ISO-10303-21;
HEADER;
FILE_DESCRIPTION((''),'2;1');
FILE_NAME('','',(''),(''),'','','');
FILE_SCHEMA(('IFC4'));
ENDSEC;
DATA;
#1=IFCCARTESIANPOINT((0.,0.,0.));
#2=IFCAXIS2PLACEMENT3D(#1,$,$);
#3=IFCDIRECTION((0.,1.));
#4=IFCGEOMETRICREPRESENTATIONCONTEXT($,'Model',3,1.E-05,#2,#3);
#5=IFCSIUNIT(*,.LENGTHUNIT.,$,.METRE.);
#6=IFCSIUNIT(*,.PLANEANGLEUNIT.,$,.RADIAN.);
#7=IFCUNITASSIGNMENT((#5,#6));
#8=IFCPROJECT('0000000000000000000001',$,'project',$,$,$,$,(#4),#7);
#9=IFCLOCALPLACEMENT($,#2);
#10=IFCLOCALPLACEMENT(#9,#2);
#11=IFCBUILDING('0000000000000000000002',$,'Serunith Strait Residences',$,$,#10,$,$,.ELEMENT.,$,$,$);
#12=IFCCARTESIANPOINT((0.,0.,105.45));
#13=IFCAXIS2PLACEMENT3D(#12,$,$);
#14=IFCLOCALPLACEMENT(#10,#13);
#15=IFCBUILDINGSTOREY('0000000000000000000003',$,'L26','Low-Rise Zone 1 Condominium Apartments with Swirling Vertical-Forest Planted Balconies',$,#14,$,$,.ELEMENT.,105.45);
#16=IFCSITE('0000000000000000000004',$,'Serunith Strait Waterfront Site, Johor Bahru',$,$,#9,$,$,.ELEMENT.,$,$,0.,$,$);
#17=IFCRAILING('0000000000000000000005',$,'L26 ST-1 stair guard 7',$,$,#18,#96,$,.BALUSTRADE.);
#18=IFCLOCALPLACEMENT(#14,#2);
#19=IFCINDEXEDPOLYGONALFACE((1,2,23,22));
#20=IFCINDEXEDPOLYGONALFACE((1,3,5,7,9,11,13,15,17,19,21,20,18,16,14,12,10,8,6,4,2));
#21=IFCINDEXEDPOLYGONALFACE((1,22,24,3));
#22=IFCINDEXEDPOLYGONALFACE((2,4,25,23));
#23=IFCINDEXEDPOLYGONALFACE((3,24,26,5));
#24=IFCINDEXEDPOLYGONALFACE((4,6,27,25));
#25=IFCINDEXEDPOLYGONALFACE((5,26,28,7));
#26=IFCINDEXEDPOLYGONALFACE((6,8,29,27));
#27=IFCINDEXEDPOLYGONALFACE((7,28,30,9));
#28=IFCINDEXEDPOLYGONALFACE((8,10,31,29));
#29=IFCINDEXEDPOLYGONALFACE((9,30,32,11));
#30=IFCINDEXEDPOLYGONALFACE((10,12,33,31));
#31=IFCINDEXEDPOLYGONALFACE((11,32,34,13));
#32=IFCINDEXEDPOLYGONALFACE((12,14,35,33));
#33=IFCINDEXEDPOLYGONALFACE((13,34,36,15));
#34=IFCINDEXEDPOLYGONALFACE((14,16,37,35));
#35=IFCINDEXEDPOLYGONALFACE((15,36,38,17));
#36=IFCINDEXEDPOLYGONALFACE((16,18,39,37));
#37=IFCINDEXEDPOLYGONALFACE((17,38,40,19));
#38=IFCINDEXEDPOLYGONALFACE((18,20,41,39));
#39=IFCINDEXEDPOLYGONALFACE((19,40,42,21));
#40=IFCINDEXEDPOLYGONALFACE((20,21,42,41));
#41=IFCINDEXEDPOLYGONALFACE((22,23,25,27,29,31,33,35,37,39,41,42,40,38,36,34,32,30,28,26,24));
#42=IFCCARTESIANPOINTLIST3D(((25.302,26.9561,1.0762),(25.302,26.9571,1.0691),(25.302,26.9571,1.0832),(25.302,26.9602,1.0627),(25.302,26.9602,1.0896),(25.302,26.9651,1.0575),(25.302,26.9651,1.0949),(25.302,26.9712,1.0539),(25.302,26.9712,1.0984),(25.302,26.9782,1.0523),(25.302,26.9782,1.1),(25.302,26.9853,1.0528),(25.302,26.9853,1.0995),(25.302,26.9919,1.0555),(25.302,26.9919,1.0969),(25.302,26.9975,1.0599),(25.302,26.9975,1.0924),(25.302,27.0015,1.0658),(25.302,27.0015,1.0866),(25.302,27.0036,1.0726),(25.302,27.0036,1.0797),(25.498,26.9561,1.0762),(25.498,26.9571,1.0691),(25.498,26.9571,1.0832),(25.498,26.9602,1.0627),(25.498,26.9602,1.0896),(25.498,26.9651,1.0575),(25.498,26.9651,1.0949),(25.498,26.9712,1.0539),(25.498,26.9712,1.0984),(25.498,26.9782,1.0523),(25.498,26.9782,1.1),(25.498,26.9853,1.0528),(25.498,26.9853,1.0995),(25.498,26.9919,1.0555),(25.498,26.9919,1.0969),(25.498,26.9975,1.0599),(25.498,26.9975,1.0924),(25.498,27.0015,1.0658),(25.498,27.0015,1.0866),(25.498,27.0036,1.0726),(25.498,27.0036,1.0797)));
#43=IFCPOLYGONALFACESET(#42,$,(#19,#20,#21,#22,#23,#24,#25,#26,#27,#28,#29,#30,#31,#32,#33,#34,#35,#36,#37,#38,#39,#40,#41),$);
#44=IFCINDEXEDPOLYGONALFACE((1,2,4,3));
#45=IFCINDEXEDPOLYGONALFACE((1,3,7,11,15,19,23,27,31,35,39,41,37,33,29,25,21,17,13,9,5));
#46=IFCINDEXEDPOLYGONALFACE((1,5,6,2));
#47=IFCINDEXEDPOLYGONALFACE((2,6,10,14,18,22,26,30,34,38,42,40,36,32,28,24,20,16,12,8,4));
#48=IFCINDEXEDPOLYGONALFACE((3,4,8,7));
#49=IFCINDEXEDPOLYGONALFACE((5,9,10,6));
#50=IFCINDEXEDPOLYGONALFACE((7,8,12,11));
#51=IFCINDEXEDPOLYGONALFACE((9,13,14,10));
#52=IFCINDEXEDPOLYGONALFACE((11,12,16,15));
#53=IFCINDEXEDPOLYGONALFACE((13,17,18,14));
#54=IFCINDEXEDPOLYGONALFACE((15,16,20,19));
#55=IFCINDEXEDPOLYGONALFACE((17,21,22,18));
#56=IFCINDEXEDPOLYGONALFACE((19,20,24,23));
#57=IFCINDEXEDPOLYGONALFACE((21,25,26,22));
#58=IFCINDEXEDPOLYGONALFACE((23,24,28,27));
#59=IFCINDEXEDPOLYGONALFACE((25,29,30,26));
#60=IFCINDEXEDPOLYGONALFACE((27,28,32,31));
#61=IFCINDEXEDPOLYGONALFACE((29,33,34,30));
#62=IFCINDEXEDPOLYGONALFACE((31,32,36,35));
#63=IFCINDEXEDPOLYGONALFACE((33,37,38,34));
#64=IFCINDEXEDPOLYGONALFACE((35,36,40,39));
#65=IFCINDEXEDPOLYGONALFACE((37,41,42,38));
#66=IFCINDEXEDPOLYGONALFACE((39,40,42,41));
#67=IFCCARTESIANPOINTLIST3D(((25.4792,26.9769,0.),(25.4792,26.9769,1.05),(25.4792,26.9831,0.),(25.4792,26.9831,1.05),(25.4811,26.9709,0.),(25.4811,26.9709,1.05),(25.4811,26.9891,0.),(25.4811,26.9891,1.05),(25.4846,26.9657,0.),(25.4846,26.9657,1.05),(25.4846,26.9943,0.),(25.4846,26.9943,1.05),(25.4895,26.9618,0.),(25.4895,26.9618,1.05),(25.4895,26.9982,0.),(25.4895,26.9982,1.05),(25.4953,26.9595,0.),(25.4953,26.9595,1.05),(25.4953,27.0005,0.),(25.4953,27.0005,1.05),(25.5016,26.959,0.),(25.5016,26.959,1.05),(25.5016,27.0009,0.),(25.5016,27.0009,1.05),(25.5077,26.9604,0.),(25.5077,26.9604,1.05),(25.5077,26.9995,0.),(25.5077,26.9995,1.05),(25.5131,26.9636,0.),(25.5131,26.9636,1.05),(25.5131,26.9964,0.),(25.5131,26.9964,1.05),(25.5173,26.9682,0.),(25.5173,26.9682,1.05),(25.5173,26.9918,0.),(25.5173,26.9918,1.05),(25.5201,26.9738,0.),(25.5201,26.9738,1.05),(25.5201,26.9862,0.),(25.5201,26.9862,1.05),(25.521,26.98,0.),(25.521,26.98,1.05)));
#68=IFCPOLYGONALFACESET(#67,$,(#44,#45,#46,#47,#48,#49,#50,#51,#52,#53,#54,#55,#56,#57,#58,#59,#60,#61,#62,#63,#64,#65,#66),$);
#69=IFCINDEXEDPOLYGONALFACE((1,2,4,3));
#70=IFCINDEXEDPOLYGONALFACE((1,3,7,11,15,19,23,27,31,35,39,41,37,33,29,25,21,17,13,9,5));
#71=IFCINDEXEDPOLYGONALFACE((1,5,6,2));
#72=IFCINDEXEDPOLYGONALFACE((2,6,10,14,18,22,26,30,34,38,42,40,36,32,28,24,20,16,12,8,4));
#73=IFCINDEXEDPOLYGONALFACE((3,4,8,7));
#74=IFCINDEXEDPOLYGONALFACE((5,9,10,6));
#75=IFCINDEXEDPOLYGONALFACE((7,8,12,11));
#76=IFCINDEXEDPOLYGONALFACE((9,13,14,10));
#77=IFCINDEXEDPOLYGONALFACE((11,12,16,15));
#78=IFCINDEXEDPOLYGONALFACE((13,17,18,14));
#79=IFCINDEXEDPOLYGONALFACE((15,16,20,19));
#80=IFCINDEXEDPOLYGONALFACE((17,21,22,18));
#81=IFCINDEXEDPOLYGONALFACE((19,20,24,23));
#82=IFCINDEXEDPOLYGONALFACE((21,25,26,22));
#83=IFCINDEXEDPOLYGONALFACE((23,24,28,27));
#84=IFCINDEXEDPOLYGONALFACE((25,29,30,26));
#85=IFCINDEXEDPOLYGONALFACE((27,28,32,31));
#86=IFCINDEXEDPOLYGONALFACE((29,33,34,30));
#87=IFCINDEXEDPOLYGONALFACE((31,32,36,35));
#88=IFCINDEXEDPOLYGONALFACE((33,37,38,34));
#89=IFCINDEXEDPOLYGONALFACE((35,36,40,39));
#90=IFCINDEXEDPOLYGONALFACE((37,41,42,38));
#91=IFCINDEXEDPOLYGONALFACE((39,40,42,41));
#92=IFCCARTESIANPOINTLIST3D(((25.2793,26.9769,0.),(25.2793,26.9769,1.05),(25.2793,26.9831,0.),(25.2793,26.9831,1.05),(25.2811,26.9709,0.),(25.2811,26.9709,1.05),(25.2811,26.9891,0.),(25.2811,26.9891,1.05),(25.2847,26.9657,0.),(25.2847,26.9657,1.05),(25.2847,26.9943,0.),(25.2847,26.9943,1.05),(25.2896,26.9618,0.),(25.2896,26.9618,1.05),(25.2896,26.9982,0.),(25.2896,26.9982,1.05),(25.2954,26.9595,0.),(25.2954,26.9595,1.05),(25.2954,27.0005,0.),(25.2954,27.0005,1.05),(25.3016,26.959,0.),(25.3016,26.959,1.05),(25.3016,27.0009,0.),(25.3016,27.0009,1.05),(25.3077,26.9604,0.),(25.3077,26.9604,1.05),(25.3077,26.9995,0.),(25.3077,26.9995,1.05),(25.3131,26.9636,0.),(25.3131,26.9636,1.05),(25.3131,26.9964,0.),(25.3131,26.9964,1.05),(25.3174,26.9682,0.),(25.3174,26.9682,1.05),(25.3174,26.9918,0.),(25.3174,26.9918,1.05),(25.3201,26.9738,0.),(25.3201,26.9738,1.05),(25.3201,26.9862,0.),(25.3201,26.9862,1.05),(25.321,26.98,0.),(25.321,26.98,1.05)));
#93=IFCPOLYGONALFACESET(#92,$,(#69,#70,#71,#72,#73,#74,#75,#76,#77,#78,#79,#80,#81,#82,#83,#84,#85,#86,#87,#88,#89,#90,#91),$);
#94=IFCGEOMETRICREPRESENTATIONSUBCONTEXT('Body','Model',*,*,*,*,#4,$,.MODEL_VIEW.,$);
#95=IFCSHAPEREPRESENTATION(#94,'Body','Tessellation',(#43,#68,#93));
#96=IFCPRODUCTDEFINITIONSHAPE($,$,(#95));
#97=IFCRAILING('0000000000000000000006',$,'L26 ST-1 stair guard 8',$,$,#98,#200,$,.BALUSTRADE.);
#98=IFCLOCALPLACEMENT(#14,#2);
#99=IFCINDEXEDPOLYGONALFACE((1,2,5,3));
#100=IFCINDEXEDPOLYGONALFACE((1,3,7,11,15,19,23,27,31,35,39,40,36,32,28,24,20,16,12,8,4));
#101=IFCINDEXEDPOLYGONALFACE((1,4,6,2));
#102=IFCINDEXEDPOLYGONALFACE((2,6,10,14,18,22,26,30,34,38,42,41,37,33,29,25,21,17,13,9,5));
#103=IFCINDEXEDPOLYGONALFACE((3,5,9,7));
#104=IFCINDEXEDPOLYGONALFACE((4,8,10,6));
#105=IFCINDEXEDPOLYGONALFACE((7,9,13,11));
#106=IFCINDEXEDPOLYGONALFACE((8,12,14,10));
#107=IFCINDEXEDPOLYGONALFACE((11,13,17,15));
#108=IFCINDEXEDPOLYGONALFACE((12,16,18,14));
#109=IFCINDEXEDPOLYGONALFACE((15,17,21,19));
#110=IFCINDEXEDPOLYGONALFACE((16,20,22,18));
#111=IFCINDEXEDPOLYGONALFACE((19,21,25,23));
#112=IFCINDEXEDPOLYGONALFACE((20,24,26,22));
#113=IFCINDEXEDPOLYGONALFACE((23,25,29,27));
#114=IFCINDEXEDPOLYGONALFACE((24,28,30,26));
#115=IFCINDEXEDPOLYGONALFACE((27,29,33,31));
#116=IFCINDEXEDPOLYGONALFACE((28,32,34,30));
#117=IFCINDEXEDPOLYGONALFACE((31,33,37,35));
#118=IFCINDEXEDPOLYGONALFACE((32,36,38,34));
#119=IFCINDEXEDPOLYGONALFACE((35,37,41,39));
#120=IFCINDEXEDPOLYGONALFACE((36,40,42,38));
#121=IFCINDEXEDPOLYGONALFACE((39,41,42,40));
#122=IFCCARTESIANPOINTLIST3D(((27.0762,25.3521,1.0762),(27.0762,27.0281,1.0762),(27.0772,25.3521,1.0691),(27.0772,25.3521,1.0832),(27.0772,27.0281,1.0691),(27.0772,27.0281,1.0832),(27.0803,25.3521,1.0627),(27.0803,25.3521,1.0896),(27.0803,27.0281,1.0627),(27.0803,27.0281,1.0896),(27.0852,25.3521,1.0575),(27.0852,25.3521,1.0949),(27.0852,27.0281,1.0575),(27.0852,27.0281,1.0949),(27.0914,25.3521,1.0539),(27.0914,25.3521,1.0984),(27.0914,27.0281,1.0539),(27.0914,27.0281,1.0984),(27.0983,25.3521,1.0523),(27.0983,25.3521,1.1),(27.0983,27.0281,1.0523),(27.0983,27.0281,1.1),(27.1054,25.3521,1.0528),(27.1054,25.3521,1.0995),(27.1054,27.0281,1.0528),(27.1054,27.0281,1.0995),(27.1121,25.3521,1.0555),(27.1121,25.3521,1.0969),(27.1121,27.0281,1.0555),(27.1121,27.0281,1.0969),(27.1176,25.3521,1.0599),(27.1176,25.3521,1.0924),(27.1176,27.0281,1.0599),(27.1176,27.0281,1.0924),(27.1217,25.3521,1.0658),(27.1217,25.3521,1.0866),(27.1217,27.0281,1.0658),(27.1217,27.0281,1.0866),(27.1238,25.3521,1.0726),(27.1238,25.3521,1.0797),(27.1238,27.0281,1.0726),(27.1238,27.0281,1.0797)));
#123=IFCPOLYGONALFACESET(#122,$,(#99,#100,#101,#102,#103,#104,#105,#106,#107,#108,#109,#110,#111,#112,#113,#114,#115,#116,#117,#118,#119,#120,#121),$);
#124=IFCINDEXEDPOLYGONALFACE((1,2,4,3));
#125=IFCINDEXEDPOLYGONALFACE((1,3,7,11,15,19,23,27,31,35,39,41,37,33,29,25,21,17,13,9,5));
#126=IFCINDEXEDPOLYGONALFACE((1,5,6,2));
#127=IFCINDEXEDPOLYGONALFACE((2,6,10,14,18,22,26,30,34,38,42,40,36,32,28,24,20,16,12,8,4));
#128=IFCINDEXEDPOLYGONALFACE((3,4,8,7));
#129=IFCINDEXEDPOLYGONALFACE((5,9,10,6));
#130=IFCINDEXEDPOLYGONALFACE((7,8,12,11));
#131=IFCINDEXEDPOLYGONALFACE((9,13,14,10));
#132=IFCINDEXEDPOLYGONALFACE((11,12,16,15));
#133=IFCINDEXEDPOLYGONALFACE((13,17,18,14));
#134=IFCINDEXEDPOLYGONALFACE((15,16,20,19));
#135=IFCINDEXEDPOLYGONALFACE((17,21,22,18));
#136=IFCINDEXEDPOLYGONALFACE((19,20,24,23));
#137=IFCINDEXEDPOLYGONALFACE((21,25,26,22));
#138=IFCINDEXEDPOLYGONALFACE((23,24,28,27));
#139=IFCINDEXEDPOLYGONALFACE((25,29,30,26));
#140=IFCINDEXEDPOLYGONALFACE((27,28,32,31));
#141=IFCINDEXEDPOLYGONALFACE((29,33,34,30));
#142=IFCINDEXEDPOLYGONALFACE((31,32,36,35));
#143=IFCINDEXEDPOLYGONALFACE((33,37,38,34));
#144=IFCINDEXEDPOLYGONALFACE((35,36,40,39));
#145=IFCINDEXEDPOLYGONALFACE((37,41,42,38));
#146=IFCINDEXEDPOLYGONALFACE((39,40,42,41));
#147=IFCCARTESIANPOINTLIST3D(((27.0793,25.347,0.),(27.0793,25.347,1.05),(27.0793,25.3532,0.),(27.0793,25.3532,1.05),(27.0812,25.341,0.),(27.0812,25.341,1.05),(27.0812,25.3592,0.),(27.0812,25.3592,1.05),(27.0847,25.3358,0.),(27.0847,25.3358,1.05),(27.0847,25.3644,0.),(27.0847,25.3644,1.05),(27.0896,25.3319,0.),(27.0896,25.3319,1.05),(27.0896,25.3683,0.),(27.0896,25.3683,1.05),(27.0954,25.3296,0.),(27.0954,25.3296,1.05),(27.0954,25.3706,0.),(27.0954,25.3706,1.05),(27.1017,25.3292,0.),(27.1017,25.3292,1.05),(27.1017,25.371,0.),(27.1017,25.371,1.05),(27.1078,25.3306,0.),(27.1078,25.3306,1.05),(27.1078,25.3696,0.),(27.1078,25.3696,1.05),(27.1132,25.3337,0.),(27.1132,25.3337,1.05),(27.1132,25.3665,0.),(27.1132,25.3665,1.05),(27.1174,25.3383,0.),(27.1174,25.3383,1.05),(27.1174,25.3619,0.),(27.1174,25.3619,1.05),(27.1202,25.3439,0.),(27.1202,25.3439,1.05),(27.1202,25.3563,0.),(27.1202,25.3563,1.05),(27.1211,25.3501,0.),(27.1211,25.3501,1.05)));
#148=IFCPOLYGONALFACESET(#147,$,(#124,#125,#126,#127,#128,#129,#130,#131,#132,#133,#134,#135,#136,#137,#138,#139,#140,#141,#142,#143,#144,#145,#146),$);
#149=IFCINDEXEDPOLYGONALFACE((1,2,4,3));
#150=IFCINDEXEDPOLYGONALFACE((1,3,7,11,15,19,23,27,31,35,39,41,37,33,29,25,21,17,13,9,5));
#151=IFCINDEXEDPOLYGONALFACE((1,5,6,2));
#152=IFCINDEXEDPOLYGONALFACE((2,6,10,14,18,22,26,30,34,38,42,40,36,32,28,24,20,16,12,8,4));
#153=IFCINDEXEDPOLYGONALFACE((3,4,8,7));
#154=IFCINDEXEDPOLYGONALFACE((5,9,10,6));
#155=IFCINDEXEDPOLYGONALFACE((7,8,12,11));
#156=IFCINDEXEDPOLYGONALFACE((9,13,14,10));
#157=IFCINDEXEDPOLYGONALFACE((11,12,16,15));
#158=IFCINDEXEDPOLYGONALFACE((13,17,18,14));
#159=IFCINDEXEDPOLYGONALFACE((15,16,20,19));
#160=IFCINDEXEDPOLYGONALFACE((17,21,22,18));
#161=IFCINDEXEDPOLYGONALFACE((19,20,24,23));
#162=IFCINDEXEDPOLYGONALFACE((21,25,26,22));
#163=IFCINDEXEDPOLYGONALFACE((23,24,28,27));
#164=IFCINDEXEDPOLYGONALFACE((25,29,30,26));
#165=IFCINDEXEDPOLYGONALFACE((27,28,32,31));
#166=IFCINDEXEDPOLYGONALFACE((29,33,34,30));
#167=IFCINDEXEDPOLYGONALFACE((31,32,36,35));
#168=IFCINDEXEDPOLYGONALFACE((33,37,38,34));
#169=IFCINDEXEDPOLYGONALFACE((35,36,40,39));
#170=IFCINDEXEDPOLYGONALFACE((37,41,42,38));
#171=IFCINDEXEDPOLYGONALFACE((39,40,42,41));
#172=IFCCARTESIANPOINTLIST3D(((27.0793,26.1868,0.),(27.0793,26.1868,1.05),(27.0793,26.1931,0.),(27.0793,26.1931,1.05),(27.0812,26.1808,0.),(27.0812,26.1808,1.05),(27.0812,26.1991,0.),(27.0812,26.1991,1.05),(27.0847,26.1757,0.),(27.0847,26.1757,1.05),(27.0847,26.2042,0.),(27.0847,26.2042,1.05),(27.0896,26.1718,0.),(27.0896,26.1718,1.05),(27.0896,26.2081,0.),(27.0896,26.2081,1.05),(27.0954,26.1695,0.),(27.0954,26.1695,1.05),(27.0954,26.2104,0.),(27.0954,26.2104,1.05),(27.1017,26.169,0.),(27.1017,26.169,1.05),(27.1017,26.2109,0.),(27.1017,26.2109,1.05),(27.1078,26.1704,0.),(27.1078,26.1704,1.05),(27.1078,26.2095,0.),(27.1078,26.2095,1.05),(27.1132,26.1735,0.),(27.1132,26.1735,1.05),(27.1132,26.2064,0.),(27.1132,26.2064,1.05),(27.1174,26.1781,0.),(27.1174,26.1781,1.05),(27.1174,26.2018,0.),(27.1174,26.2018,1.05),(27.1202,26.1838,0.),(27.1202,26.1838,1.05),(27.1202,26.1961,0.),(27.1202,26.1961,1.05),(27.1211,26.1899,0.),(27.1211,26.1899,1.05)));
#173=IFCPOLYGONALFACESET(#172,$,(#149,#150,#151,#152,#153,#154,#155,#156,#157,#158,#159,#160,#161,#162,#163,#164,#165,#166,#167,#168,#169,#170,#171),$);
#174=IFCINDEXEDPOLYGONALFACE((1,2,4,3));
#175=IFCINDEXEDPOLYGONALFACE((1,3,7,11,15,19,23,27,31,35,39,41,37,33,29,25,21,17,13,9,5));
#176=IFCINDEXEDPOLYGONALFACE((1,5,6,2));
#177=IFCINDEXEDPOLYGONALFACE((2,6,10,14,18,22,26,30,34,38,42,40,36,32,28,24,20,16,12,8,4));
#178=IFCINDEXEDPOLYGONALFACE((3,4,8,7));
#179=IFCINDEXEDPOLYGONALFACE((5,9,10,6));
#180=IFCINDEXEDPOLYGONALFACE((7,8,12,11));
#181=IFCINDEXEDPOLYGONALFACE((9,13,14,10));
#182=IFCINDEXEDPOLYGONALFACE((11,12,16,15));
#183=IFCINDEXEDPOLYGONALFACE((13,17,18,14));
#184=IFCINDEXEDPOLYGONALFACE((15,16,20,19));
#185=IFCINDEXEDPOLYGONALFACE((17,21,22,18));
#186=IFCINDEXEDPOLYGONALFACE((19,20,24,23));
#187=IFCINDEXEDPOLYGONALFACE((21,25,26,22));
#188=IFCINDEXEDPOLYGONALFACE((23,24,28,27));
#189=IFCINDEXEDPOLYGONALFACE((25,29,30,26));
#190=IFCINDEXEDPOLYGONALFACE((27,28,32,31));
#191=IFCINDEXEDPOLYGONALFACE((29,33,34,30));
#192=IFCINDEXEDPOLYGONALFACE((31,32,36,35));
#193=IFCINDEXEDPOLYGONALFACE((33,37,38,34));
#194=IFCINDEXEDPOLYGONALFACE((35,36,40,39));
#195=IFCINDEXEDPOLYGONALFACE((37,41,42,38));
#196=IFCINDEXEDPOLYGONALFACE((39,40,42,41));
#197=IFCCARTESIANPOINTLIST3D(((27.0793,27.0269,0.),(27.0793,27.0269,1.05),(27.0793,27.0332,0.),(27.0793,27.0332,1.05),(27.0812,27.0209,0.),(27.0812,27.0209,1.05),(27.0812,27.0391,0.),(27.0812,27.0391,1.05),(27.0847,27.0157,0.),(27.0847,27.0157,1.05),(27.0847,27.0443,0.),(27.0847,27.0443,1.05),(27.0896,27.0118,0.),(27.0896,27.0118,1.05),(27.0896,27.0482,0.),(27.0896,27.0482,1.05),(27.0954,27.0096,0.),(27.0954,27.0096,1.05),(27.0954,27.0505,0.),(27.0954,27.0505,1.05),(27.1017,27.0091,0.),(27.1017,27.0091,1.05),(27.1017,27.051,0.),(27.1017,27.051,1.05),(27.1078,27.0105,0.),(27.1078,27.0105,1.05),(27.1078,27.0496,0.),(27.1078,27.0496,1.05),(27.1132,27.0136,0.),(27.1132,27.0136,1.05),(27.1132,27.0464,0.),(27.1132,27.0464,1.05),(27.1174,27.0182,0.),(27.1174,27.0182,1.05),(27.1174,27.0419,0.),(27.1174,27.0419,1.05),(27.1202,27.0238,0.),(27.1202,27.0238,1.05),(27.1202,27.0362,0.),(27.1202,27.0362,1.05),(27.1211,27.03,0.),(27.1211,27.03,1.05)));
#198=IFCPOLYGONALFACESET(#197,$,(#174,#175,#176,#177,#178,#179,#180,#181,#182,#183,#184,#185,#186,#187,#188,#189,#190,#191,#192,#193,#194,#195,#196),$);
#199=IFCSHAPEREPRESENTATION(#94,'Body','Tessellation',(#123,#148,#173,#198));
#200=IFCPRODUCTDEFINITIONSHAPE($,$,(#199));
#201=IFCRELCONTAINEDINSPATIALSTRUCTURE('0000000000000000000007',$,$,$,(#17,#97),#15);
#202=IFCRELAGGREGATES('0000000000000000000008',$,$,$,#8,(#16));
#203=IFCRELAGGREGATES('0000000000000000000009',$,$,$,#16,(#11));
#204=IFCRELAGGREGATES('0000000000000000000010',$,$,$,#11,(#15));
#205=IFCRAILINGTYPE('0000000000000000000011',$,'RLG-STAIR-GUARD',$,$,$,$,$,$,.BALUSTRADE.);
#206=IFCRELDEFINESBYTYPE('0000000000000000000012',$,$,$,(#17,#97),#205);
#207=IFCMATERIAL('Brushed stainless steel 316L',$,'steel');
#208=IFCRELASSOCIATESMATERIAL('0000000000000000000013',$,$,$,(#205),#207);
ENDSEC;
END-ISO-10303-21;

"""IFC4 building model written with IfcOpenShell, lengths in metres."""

from ifc_helpers import new_model, si_unit, direction, frame, origin, origin_2d, place, context, subcontext, project, spatial, circle, extrude, material, type_object, element, save


model = new_model("IFC4")

# Units and contexts
model_context = context("Model", 3, precision=1e-05, world=origin(), true_north=direction((0.0, 1.0)))
body_context = subcontext(model_context, "Body", "Model", "MODEL_VIEW")
ifc_project = project(units=[si_unit("LENGTHUNIT", "METRE"), si_unit("PLANEANGLEUNIT", "RADIAN")], contexts=[model_context])

# Site, building, storey
site_placement = place(None, origin())
site = spatial("IfcSite", under=ifc_project, at=site_placement, Name="Serunith Strait Waterfront Site, Johor Bahru", CompositionType="ELEMENT", RefElevation=0.0)
building_placement = place(site_placement, origin())
building = spatial("IfcBuilding", under=site, at=building_placement, Name="Serunith Strait Residences", CompositionType="ELEMENT")
storey_placement = place(building_placement, frame((0.0, 0.0, 105.45)))
storey = spatial("IfcBuildingStorey", under=building, at=storey_placement, Name="L26", Description="Low-Rise Zone 1 Condominium Apartments with Swirling Vertical-Forest Planted Balconies", CompositionType="ELEMENT", Elevation=105.45)

# Railings
ifc_material_1 = material(Name="Brushed stainless steel 316L", Category="steel")
railing_type_1 = type_object("IfcRailingType", Name="RLG-STAIR-GUARD", PredefinedType="BALUSTRADE", material=ifc_material_1)
railing_1_placement = place(storey_placement, frame((25.5, 26.98, 0.0)))
element("IfcRailing", 1, at=railing_1_placement, inside=storey, type_object=railing_type_1, Name="L26 ST-1 stair guard 7", PredefinedType="BALUSTRADE", context=body_context, shape_type="SweptSolid", body=[
    extrude(circle(Radius=0.0239, at=origin_2d()), frame((-0.002, 0.0, 1.0762), z_axis=(-1.0, 0.0, 0.0), x_axis=(0.0, -1.0, 0.0)), (0.0, 0.0, 1.0), 0.196),
    extrude(circle(Radius=0.021, at=origin_2d()), origin(), (0.0, 0.0, 1.0), 1.05),
    extrude(circle(Radius=0.021, at=origin_2d()), frame((-0.2, 0.0, 0.0)), (0.0, 0.0, 1.0), 1.05),
])
for number, where, name in (
    (2, (27.1001, 25.3501, 0.0), "L26 ST-1 stair guard 8"),
):
    element("IfcRailing", number, at=place(storey_placement, frame(where)), inside=storey, type_object=railing_type_1, Name=name, PredefinedType="BALUSTRADE", context=body_context, shape_type="SweptSolid", body=[
        extrude(circle(Radius=0.0239, at=origin_2d()), frame((0.0, 0.002, 1.0762), z_axis=(0.0, 1.0, 0.0), x_axis=(-1.0, 0.0, 0.0)), (0.0, 0.0, 1.0), 1.676),
        extrude(circle(Radius=0.021, at=origin_2d()), origin(), (0.0, 0.0, 1.0), 1.05),
        extrude(circle(Radius=0.021, at=origin_2d()), frame((0.0, 0.8398, 0.0)), (0.0, 0.0, 1.0), 1.05),
        extrude(circle(Radius=0.021, at=origin_2d()), frame((0.0, 1.6799, 0.0)), (0.0, 0.0, 1.0), 1.05),
    ])

save(model, "model.ifc")
